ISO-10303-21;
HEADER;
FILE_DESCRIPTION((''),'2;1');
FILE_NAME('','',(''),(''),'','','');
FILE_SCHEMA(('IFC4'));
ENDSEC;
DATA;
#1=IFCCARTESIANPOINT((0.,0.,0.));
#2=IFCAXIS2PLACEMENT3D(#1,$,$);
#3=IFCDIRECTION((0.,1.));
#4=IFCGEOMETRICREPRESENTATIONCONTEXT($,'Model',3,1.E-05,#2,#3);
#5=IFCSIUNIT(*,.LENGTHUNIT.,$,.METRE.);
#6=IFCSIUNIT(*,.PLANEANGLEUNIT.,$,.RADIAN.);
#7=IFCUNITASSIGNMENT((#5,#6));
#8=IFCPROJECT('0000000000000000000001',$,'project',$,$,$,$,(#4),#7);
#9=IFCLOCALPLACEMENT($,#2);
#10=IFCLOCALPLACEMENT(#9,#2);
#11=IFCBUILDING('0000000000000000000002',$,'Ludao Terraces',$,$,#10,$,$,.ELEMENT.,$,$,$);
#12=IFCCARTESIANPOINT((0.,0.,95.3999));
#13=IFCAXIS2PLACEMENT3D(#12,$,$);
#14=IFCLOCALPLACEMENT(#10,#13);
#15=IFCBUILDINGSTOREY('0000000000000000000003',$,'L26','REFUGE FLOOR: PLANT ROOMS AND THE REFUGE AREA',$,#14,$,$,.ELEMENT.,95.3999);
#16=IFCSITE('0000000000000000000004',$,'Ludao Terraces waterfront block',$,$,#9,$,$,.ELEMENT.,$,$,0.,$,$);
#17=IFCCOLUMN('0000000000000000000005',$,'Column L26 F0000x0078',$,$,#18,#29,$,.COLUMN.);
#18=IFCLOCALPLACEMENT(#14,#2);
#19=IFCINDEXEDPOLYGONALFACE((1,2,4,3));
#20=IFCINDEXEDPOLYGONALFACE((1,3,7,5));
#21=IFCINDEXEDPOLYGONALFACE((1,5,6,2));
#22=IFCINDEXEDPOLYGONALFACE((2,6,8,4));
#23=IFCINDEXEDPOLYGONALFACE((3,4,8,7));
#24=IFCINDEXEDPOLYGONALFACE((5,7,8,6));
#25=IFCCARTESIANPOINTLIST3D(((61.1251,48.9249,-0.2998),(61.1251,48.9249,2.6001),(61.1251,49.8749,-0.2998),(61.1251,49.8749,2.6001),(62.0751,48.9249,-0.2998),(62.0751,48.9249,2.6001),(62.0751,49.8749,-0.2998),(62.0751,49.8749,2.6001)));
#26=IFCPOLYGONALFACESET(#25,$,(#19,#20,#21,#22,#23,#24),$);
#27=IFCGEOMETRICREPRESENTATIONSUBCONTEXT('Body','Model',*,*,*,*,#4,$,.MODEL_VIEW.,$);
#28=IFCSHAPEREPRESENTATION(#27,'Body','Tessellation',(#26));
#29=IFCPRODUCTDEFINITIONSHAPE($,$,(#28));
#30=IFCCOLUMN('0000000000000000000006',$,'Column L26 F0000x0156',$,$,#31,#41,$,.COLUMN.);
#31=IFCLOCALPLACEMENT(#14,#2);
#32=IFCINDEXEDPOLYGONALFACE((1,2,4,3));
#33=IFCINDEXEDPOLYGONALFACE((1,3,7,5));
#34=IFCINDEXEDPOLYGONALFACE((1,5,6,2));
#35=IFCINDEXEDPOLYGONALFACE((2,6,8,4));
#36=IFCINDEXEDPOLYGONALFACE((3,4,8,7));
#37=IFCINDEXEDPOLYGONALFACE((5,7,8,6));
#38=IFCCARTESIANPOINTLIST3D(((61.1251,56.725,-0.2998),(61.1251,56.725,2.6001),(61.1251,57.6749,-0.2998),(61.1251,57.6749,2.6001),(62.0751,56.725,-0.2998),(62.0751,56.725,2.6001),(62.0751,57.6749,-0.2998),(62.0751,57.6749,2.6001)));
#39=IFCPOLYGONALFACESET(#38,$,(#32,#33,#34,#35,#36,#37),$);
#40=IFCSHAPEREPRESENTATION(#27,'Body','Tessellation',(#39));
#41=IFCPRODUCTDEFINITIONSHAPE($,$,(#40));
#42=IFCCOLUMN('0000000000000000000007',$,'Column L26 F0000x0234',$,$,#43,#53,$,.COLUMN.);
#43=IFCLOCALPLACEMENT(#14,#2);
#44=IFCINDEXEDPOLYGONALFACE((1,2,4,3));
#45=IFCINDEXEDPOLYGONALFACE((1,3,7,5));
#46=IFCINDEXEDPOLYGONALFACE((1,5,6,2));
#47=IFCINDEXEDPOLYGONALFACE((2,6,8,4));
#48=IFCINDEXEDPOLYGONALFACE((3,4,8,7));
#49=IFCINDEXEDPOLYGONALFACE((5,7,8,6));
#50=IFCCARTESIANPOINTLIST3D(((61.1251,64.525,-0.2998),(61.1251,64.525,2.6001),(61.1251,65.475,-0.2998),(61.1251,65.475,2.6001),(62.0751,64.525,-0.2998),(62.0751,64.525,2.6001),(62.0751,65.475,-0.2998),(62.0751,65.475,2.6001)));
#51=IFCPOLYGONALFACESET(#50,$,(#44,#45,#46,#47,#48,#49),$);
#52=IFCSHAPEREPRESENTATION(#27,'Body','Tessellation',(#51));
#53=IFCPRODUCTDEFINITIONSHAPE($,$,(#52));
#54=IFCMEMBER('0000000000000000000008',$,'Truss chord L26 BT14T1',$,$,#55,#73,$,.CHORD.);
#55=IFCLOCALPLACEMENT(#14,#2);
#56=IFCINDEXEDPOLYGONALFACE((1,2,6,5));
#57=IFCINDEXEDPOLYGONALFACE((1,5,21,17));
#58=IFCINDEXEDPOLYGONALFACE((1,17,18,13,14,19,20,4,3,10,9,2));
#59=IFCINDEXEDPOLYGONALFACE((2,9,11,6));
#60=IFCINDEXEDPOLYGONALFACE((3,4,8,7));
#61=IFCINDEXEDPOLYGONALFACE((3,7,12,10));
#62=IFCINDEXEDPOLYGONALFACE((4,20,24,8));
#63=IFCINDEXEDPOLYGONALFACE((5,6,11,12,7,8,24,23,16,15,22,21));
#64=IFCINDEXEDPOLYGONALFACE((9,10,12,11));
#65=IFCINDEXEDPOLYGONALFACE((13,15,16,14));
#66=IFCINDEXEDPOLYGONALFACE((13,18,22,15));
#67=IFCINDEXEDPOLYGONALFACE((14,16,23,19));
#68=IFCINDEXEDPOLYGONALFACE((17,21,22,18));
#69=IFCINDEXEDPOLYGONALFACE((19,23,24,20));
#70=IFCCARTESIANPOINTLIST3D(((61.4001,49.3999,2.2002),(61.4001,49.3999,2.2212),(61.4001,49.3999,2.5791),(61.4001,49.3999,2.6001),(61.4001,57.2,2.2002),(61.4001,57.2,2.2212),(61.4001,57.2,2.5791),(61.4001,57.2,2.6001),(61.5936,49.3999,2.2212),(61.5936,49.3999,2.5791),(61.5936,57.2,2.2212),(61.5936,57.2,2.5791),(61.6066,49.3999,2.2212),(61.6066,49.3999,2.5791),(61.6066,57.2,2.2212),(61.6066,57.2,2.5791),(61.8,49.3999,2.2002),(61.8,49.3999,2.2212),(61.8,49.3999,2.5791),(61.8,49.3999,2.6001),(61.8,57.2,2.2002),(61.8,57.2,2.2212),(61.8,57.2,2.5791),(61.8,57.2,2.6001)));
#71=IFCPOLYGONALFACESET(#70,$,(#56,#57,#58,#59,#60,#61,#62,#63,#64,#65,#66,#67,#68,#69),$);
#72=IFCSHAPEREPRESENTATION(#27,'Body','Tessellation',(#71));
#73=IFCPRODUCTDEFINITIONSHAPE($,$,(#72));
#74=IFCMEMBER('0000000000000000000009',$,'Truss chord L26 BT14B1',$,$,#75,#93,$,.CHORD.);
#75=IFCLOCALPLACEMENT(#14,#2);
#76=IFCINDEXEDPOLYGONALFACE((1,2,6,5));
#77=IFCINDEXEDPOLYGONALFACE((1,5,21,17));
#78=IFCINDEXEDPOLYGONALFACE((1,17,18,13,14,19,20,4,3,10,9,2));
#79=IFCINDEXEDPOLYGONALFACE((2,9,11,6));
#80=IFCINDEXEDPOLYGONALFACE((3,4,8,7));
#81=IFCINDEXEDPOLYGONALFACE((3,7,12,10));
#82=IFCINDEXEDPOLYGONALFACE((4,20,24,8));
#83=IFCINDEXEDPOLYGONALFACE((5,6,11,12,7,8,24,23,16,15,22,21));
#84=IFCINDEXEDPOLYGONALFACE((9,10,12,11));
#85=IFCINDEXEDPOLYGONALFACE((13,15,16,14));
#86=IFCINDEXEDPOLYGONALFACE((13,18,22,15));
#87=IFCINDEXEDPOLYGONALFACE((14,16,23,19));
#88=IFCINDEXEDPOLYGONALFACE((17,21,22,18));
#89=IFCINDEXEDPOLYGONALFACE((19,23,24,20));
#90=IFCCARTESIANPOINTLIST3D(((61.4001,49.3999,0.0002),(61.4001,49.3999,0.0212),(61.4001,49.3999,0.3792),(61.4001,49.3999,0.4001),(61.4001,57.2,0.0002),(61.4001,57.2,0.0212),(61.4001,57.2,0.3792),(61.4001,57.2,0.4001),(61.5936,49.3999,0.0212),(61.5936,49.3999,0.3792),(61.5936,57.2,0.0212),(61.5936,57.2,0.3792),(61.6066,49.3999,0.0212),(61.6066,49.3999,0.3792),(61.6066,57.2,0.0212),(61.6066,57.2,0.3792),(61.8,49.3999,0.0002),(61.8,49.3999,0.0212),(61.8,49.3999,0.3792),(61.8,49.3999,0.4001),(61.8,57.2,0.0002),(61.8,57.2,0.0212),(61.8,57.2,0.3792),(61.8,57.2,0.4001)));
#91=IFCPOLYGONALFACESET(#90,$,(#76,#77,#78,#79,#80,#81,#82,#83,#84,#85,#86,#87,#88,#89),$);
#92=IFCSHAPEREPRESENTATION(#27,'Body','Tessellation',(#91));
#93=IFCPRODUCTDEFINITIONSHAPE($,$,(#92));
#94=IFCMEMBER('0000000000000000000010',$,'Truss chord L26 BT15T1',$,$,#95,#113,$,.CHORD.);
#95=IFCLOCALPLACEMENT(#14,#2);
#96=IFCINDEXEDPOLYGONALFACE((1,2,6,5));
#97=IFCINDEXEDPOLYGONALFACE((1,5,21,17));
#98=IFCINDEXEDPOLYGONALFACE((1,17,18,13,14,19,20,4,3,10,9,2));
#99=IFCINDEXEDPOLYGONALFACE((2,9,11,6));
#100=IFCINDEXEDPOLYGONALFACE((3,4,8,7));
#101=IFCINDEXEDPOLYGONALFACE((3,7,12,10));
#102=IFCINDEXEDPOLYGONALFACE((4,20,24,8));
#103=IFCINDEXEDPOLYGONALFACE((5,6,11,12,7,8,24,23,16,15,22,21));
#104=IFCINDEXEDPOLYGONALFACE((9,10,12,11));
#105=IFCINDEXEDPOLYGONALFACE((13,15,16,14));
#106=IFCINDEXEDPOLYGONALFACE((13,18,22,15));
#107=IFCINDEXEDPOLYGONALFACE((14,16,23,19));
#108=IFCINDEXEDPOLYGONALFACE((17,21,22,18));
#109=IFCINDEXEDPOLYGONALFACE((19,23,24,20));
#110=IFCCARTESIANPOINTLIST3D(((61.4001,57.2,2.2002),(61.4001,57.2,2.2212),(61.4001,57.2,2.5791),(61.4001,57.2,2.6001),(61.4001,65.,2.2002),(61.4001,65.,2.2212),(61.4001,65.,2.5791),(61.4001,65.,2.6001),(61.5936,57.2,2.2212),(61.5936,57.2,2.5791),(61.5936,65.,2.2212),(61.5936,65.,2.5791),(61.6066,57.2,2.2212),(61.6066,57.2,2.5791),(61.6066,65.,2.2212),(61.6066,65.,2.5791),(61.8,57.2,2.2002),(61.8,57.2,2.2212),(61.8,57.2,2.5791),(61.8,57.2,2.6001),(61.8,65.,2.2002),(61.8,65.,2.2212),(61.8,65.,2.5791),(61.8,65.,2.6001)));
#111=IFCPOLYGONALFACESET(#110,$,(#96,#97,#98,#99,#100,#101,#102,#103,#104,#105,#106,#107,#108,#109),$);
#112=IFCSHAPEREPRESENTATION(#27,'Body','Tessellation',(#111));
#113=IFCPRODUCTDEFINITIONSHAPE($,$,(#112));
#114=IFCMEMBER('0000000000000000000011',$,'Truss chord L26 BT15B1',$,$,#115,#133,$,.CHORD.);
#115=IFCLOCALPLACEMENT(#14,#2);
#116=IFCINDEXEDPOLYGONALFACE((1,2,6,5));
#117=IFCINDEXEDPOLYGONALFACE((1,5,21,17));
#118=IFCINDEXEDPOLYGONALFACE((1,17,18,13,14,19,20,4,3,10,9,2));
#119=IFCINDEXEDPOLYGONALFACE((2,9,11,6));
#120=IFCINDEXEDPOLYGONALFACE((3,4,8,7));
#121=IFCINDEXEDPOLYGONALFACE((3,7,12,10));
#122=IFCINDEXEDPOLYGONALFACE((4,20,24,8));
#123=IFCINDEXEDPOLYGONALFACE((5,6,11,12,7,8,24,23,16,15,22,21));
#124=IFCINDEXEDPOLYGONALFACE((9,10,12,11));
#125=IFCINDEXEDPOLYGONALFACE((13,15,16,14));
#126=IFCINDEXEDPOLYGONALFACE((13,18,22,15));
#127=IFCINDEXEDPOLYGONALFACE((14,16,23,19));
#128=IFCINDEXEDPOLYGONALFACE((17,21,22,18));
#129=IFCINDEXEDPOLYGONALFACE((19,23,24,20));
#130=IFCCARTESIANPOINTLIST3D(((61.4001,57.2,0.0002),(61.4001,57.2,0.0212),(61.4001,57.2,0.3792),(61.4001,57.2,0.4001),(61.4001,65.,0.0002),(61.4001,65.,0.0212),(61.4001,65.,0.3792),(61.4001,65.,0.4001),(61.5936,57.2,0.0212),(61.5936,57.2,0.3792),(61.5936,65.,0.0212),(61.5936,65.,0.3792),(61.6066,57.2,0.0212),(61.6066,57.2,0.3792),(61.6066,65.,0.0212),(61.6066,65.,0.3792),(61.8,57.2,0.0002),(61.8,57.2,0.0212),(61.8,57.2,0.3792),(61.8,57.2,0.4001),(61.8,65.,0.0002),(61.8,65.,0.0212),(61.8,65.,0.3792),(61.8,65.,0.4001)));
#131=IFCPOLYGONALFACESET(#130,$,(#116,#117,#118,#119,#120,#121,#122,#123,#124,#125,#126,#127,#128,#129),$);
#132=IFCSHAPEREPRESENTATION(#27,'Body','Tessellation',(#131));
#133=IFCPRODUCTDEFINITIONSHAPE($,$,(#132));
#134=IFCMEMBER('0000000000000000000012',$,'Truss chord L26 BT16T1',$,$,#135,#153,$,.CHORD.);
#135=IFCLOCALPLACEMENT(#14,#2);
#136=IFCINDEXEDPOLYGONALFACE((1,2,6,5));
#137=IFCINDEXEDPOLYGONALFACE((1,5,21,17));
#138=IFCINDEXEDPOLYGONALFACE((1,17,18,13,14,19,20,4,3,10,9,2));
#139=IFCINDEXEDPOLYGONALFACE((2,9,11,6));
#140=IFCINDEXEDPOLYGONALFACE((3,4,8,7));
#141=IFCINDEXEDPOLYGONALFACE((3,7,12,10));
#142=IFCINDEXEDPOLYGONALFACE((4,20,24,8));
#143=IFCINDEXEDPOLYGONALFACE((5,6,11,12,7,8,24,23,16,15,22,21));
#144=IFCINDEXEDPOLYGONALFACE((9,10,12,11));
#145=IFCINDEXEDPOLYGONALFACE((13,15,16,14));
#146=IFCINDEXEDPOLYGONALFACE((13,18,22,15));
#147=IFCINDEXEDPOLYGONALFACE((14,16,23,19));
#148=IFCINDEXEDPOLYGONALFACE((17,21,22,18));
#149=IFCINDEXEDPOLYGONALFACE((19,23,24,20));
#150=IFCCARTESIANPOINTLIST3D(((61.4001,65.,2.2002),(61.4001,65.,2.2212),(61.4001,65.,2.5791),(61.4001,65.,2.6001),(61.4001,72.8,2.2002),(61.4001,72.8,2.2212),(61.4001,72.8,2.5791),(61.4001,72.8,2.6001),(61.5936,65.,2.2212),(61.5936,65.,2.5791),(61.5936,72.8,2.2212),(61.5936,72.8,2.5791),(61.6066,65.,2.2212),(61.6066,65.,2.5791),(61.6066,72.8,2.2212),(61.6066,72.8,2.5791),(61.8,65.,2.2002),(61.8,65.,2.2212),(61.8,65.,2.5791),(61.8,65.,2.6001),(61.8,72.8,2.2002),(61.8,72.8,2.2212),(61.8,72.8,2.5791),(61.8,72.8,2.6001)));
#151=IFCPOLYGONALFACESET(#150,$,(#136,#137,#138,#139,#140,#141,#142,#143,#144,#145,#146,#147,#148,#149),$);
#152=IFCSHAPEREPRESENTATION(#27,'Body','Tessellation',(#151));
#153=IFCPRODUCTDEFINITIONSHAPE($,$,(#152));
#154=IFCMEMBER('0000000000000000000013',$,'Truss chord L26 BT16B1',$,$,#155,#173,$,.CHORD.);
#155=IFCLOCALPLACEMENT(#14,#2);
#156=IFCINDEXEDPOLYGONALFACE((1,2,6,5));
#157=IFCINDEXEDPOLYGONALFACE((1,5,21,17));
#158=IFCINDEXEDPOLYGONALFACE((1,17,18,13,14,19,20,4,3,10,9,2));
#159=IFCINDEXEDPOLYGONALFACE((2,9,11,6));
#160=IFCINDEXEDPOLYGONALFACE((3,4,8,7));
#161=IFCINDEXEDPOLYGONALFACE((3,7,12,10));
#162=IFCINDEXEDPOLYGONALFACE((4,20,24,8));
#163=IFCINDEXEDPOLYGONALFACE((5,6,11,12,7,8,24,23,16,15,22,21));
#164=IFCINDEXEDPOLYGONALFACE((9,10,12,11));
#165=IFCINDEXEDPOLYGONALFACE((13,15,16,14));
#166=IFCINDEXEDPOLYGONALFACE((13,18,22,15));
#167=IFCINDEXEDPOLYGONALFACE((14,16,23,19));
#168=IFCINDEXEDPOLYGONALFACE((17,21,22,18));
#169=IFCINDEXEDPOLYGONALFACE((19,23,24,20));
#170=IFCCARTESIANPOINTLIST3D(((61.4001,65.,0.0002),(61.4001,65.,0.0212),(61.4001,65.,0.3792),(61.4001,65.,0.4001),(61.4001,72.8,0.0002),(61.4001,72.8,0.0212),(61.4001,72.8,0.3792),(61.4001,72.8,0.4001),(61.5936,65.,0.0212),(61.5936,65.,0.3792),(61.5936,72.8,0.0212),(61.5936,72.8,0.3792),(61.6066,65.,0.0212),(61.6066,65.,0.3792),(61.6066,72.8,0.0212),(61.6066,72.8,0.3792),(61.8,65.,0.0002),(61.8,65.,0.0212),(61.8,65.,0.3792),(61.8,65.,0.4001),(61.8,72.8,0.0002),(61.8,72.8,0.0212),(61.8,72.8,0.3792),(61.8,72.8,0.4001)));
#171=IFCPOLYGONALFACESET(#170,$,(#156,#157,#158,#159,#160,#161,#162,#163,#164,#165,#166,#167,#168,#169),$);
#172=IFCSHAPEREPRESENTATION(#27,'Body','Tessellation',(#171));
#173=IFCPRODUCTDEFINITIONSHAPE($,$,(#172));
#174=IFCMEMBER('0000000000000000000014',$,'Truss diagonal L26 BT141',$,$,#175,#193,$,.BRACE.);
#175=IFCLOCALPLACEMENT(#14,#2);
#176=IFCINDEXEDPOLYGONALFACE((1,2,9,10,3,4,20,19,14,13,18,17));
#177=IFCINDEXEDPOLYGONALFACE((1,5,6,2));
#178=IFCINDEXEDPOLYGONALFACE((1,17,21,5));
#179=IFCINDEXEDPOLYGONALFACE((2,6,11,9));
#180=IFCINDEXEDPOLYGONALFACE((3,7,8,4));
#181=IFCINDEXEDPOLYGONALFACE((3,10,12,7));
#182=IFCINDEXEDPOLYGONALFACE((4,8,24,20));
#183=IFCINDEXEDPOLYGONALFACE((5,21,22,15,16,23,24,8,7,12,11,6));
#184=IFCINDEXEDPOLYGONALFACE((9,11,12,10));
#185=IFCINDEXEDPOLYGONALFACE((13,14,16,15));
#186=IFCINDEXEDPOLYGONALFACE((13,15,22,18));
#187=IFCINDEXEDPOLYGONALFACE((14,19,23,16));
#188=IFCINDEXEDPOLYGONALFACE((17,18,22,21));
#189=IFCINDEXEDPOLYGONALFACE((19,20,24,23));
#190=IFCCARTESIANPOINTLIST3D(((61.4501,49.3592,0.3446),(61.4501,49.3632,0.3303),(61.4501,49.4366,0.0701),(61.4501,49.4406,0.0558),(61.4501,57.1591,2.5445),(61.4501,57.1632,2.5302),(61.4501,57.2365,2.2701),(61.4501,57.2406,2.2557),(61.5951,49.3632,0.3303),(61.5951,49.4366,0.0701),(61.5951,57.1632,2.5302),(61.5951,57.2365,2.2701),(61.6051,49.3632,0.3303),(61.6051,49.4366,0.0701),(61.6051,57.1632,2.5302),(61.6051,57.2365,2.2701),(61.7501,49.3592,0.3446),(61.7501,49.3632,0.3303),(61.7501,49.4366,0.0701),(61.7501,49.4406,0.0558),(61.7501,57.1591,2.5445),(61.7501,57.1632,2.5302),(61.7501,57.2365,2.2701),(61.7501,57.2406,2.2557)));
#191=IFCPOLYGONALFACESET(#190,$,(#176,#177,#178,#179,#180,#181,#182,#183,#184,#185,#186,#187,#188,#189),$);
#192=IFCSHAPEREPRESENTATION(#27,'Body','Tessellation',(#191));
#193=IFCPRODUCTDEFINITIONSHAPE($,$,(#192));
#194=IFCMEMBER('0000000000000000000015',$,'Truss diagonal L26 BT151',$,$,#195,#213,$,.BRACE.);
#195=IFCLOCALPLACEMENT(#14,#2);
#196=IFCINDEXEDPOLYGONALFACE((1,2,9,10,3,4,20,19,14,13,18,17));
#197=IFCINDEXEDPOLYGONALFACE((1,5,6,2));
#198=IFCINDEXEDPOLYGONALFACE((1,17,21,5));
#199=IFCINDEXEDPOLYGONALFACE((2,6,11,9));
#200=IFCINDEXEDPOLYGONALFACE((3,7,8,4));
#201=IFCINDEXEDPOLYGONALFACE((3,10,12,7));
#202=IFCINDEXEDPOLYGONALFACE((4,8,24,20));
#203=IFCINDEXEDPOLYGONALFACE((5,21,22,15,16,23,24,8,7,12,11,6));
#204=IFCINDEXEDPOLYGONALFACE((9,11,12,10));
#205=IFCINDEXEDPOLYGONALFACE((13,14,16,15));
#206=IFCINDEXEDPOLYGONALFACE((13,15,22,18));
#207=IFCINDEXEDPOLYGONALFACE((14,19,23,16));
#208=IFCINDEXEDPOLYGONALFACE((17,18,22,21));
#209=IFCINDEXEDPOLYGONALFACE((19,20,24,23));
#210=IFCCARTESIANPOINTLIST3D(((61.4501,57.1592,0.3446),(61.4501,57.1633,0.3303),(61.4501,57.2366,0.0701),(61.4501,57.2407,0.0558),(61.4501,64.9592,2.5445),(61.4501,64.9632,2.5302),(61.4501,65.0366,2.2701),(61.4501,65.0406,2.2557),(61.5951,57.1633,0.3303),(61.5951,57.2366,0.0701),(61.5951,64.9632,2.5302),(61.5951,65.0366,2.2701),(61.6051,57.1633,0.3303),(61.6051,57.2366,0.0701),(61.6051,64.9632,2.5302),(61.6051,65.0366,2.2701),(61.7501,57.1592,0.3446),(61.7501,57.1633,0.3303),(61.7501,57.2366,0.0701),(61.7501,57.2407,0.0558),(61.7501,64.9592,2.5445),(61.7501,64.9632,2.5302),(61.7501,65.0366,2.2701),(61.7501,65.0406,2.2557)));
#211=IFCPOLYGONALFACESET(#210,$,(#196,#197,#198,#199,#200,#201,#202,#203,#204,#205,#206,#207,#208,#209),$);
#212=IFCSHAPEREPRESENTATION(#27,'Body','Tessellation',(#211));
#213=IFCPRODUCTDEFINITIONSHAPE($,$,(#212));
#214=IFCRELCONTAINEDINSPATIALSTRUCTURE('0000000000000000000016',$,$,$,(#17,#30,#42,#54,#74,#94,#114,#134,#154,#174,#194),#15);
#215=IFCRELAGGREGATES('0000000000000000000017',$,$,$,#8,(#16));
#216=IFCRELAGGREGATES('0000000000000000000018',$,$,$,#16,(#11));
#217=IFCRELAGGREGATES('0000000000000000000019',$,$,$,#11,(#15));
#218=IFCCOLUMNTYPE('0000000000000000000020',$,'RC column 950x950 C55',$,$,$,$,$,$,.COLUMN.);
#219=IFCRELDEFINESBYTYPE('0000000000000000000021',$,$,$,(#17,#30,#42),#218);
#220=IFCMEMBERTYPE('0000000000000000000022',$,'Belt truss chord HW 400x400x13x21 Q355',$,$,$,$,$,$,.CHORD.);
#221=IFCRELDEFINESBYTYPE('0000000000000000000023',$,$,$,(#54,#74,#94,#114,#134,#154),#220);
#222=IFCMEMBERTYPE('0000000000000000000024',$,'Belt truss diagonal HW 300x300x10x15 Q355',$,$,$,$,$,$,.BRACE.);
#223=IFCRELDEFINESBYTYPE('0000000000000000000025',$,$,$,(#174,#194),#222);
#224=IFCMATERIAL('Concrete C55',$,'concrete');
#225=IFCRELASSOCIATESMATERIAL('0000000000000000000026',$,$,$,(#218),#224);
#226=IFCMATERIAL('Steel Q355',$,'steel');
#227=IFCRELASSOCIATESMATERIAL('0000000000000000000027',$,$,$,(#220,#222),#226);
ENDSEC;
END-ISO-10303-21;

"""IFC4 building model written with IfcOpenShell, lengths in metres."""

from ifc_helpers import new_model, si_unit, direction, frame, origin, origin_2d, place, context, subcontext, project, spatial, rectangle, i_section, extrude, material, material_profile, profile_set, type_object, element, save


model = new_model("IFC4")

# Units and contexts
model_context = context("Model", 3, precision=1e-05, world=origin(), true_north=direction((0.0, 1.0)))
body_context = subcontext(model_context, "Body", "Model", "MODEL_VIEW")
ifc_project = project(units=[si_unit("LENGTHUNIT", "METRE"), si_unit("PLANEANGLEUNIT", "RADIAN")], contexts=[model_context])

# Site, building, storey
site_placement = place(None, origin())
site = spatial("IfcSite", under=ifc_project, at=site_placement, Name="Ludao Terraces waterfront block", CompositionType="ELEMENT", RefElevation=0.0)
building_placement = place(site_placement, origin())
building = spatial("IfcBuilding", under=site, at=building_placement, Name="Ludao Terraces", CompositionType="ELEMENT")
storey_placement = place(building_placement, frame((0.0, 0.0, 95.3999)))
storey = spatial("IfcBuildingStorey", under=building, at=storey_placement, Name="L26", Description="REFUGE FLOOR: PLANT ROOMS AND THE REFUGE AREA", CompositionType="ELEMENT", Elevation=95.3999)

# Columns
ifc_material_1 = material(Name="Concrete C55", Category="concrete")
ifc_material_profile_1 = material_profile(ifc_material_1, rectangle(XDim=0.95, YDim=0.95, at=origin_2d()), Name="950 X 950")
ifc_profile_set_1 = profile_set([ifc_material_profile_1], Name="Concrete C55")
column_type = type_object("IfcColumnType", Name="RC column 950x950 C55", PredefinedType="COLUMN", material=ifc_profile_set_1)
for number, where, z_axis, x_axis, name in (
    (1, (61.6001, 49.3999, -0.2998), (0.0, 0.0, 1.0), (1.0, 0.0, 0.0), "Column L26 F0000x0078"),
    (2, (61.6001, 57.2, -0.2998), (0.0, 0.0, 1.0), (1.0, 0.0, 0.0), "Column L26 F0000x0156"),
    (3, (61.6001, 65.0, -0.2998), (0.0, 0.0, 1.0), (1.0, 0.0, 0.0), "Column L26 F0000x0234"),
):
    element("IfcColumn", number, at=place(storey_placement, frame(where, z_axis=z_axis, x_axis=x_axis)), inside=storey, type_object=column_type, Name=name, PredefinedType="COLUMN", context=body_context, shape_type="SweptSolid", body=[
        extrude(rectangle(XDim=0.95, YDim=0.95, at=origin_2d()), origin(), (0.0, 0.0, 1.0), 2.8999),
    ])

# Members
ifc_material_2 = material(Name="Steel Q355", Category="steel")
ifc_material_profile_2 = material_profile(ifc_material_2, i_section(OverallWidth=0.3999, OverallDepth=0.3999, WebThickness=0.0129, FlangeThickness=0.021, at=origin_2d()), Name="HW 400X400X13X21")
ifc_profile_set_2 = profile_set([ifc_material_profile_2], Name="Steel Q355")
member_type_1 = type_object("IfcMemberType", Name="Belt truss chord HW 400x400x13x21 Q355", PredefinedType="CHORD", material=ifc_profile_set_2)
for number, where, z_axis, x_axis, name in (
    (4, (61.6001, 49.3999, 2.4001), (0.0, 1.0, 0.0), (-1.0, 0.0, 0.0), "Truss chord L26 BT14T1"),
    (5, (61.6001, 49.3999, 0.2002), (0.0, 1.0, 0.0), (-1.0, 0.0, 0.0), "Truss chord L26 BT14B1"),
    (6, (61.6001, 57.2, 2.4001), (0.0, 1.0, 0.0), (-1.0, 0.0, 0.0), "Truss chord L26 BT15T1"),
    (7, (61.6001, 57.2, 0.2002), (0.0, 1.0, 0.0), (-1.0, 0.0, 0.0), "Truss chord L26 BT15B1"),
    (8, (61.6001, 65.0, 2.4001), (0.0, 1.0, 0.0), (-1.0, 0.0, 0.0), "Truss chord L26 BT16T1"),
    (9, (61.6001, 65.0, 0.2002), (0.0, 1.0, 0.0), (-1.0, 0.0, 0.0), "Truss chord L26 BT16B1"),
):
    element("IfcMember", number, at=place(storey_placement, frame(where, z_axis=z_axis, x_axis=x_axis)), inside=storey, type_object=member_type_1, Name=name, PredefinedType="CHORD", context=body_context, shape_type="SweptSolid", body=[
        extrude(i_section(OverallWidth=0.3999, OverallDepth=0.3999, WebThickness=0.0129, FlangeThickness=0.021, at=origin_2d()), origin(), (0.0, 0.0, 1.0), 7.8),
    ])
ifc_material_profile_3 = material_profile(ifc_material_2, i_section(OverallWidth=0.3, OverallDepth=0.3, WebThickness=0.01, FlangeThickness=0.0149, at=origin_2d()), Name="HW 300X300X10X15")
ifc_profile_set_3 = profile_set([ifc_material_profile_3], Name="Steel Q355")
member_type_2 = type_object("IfcMemberType", Name="Belt truss diagonal HW 300x300x10x15 Q355", PredefinedType="BRACE", material=ifc_profile_set_3)
for number, where, z_axis, x_axis, name in (
    (10, (61.6001, 49.3999, 0.2002), (0.0, 0.962452, 0.271453), (-1.0, 0.0, 0.0), "Truss diagonal L26 BT141"),
    (11, (61.6001, 57.2, 0.2002), (0.0, 0.962452, 0.271453), (-1.0, 0.0, 0.0), "Truss diagonal L26 BT151"),
):
    element("IfcMember", number, at=place(storey_placement, frame(where, z_axis=z_axis, x_axis=x_axis)), inside=storey, type_object=member_type_2, Name=name, PredefinedType="BRACE", context=body_context, shape_type="SweptSolid", body=[
        extrude(i_section(OverallWidth=0.3, OverallDepth=0.3, WebThickness=0.01, FlangeThickness=0.0149, at=origin_2d()), origin(), (0.0, 0.0, 1.0), 8.1042),
    ])

save(model, "model.ifc")
